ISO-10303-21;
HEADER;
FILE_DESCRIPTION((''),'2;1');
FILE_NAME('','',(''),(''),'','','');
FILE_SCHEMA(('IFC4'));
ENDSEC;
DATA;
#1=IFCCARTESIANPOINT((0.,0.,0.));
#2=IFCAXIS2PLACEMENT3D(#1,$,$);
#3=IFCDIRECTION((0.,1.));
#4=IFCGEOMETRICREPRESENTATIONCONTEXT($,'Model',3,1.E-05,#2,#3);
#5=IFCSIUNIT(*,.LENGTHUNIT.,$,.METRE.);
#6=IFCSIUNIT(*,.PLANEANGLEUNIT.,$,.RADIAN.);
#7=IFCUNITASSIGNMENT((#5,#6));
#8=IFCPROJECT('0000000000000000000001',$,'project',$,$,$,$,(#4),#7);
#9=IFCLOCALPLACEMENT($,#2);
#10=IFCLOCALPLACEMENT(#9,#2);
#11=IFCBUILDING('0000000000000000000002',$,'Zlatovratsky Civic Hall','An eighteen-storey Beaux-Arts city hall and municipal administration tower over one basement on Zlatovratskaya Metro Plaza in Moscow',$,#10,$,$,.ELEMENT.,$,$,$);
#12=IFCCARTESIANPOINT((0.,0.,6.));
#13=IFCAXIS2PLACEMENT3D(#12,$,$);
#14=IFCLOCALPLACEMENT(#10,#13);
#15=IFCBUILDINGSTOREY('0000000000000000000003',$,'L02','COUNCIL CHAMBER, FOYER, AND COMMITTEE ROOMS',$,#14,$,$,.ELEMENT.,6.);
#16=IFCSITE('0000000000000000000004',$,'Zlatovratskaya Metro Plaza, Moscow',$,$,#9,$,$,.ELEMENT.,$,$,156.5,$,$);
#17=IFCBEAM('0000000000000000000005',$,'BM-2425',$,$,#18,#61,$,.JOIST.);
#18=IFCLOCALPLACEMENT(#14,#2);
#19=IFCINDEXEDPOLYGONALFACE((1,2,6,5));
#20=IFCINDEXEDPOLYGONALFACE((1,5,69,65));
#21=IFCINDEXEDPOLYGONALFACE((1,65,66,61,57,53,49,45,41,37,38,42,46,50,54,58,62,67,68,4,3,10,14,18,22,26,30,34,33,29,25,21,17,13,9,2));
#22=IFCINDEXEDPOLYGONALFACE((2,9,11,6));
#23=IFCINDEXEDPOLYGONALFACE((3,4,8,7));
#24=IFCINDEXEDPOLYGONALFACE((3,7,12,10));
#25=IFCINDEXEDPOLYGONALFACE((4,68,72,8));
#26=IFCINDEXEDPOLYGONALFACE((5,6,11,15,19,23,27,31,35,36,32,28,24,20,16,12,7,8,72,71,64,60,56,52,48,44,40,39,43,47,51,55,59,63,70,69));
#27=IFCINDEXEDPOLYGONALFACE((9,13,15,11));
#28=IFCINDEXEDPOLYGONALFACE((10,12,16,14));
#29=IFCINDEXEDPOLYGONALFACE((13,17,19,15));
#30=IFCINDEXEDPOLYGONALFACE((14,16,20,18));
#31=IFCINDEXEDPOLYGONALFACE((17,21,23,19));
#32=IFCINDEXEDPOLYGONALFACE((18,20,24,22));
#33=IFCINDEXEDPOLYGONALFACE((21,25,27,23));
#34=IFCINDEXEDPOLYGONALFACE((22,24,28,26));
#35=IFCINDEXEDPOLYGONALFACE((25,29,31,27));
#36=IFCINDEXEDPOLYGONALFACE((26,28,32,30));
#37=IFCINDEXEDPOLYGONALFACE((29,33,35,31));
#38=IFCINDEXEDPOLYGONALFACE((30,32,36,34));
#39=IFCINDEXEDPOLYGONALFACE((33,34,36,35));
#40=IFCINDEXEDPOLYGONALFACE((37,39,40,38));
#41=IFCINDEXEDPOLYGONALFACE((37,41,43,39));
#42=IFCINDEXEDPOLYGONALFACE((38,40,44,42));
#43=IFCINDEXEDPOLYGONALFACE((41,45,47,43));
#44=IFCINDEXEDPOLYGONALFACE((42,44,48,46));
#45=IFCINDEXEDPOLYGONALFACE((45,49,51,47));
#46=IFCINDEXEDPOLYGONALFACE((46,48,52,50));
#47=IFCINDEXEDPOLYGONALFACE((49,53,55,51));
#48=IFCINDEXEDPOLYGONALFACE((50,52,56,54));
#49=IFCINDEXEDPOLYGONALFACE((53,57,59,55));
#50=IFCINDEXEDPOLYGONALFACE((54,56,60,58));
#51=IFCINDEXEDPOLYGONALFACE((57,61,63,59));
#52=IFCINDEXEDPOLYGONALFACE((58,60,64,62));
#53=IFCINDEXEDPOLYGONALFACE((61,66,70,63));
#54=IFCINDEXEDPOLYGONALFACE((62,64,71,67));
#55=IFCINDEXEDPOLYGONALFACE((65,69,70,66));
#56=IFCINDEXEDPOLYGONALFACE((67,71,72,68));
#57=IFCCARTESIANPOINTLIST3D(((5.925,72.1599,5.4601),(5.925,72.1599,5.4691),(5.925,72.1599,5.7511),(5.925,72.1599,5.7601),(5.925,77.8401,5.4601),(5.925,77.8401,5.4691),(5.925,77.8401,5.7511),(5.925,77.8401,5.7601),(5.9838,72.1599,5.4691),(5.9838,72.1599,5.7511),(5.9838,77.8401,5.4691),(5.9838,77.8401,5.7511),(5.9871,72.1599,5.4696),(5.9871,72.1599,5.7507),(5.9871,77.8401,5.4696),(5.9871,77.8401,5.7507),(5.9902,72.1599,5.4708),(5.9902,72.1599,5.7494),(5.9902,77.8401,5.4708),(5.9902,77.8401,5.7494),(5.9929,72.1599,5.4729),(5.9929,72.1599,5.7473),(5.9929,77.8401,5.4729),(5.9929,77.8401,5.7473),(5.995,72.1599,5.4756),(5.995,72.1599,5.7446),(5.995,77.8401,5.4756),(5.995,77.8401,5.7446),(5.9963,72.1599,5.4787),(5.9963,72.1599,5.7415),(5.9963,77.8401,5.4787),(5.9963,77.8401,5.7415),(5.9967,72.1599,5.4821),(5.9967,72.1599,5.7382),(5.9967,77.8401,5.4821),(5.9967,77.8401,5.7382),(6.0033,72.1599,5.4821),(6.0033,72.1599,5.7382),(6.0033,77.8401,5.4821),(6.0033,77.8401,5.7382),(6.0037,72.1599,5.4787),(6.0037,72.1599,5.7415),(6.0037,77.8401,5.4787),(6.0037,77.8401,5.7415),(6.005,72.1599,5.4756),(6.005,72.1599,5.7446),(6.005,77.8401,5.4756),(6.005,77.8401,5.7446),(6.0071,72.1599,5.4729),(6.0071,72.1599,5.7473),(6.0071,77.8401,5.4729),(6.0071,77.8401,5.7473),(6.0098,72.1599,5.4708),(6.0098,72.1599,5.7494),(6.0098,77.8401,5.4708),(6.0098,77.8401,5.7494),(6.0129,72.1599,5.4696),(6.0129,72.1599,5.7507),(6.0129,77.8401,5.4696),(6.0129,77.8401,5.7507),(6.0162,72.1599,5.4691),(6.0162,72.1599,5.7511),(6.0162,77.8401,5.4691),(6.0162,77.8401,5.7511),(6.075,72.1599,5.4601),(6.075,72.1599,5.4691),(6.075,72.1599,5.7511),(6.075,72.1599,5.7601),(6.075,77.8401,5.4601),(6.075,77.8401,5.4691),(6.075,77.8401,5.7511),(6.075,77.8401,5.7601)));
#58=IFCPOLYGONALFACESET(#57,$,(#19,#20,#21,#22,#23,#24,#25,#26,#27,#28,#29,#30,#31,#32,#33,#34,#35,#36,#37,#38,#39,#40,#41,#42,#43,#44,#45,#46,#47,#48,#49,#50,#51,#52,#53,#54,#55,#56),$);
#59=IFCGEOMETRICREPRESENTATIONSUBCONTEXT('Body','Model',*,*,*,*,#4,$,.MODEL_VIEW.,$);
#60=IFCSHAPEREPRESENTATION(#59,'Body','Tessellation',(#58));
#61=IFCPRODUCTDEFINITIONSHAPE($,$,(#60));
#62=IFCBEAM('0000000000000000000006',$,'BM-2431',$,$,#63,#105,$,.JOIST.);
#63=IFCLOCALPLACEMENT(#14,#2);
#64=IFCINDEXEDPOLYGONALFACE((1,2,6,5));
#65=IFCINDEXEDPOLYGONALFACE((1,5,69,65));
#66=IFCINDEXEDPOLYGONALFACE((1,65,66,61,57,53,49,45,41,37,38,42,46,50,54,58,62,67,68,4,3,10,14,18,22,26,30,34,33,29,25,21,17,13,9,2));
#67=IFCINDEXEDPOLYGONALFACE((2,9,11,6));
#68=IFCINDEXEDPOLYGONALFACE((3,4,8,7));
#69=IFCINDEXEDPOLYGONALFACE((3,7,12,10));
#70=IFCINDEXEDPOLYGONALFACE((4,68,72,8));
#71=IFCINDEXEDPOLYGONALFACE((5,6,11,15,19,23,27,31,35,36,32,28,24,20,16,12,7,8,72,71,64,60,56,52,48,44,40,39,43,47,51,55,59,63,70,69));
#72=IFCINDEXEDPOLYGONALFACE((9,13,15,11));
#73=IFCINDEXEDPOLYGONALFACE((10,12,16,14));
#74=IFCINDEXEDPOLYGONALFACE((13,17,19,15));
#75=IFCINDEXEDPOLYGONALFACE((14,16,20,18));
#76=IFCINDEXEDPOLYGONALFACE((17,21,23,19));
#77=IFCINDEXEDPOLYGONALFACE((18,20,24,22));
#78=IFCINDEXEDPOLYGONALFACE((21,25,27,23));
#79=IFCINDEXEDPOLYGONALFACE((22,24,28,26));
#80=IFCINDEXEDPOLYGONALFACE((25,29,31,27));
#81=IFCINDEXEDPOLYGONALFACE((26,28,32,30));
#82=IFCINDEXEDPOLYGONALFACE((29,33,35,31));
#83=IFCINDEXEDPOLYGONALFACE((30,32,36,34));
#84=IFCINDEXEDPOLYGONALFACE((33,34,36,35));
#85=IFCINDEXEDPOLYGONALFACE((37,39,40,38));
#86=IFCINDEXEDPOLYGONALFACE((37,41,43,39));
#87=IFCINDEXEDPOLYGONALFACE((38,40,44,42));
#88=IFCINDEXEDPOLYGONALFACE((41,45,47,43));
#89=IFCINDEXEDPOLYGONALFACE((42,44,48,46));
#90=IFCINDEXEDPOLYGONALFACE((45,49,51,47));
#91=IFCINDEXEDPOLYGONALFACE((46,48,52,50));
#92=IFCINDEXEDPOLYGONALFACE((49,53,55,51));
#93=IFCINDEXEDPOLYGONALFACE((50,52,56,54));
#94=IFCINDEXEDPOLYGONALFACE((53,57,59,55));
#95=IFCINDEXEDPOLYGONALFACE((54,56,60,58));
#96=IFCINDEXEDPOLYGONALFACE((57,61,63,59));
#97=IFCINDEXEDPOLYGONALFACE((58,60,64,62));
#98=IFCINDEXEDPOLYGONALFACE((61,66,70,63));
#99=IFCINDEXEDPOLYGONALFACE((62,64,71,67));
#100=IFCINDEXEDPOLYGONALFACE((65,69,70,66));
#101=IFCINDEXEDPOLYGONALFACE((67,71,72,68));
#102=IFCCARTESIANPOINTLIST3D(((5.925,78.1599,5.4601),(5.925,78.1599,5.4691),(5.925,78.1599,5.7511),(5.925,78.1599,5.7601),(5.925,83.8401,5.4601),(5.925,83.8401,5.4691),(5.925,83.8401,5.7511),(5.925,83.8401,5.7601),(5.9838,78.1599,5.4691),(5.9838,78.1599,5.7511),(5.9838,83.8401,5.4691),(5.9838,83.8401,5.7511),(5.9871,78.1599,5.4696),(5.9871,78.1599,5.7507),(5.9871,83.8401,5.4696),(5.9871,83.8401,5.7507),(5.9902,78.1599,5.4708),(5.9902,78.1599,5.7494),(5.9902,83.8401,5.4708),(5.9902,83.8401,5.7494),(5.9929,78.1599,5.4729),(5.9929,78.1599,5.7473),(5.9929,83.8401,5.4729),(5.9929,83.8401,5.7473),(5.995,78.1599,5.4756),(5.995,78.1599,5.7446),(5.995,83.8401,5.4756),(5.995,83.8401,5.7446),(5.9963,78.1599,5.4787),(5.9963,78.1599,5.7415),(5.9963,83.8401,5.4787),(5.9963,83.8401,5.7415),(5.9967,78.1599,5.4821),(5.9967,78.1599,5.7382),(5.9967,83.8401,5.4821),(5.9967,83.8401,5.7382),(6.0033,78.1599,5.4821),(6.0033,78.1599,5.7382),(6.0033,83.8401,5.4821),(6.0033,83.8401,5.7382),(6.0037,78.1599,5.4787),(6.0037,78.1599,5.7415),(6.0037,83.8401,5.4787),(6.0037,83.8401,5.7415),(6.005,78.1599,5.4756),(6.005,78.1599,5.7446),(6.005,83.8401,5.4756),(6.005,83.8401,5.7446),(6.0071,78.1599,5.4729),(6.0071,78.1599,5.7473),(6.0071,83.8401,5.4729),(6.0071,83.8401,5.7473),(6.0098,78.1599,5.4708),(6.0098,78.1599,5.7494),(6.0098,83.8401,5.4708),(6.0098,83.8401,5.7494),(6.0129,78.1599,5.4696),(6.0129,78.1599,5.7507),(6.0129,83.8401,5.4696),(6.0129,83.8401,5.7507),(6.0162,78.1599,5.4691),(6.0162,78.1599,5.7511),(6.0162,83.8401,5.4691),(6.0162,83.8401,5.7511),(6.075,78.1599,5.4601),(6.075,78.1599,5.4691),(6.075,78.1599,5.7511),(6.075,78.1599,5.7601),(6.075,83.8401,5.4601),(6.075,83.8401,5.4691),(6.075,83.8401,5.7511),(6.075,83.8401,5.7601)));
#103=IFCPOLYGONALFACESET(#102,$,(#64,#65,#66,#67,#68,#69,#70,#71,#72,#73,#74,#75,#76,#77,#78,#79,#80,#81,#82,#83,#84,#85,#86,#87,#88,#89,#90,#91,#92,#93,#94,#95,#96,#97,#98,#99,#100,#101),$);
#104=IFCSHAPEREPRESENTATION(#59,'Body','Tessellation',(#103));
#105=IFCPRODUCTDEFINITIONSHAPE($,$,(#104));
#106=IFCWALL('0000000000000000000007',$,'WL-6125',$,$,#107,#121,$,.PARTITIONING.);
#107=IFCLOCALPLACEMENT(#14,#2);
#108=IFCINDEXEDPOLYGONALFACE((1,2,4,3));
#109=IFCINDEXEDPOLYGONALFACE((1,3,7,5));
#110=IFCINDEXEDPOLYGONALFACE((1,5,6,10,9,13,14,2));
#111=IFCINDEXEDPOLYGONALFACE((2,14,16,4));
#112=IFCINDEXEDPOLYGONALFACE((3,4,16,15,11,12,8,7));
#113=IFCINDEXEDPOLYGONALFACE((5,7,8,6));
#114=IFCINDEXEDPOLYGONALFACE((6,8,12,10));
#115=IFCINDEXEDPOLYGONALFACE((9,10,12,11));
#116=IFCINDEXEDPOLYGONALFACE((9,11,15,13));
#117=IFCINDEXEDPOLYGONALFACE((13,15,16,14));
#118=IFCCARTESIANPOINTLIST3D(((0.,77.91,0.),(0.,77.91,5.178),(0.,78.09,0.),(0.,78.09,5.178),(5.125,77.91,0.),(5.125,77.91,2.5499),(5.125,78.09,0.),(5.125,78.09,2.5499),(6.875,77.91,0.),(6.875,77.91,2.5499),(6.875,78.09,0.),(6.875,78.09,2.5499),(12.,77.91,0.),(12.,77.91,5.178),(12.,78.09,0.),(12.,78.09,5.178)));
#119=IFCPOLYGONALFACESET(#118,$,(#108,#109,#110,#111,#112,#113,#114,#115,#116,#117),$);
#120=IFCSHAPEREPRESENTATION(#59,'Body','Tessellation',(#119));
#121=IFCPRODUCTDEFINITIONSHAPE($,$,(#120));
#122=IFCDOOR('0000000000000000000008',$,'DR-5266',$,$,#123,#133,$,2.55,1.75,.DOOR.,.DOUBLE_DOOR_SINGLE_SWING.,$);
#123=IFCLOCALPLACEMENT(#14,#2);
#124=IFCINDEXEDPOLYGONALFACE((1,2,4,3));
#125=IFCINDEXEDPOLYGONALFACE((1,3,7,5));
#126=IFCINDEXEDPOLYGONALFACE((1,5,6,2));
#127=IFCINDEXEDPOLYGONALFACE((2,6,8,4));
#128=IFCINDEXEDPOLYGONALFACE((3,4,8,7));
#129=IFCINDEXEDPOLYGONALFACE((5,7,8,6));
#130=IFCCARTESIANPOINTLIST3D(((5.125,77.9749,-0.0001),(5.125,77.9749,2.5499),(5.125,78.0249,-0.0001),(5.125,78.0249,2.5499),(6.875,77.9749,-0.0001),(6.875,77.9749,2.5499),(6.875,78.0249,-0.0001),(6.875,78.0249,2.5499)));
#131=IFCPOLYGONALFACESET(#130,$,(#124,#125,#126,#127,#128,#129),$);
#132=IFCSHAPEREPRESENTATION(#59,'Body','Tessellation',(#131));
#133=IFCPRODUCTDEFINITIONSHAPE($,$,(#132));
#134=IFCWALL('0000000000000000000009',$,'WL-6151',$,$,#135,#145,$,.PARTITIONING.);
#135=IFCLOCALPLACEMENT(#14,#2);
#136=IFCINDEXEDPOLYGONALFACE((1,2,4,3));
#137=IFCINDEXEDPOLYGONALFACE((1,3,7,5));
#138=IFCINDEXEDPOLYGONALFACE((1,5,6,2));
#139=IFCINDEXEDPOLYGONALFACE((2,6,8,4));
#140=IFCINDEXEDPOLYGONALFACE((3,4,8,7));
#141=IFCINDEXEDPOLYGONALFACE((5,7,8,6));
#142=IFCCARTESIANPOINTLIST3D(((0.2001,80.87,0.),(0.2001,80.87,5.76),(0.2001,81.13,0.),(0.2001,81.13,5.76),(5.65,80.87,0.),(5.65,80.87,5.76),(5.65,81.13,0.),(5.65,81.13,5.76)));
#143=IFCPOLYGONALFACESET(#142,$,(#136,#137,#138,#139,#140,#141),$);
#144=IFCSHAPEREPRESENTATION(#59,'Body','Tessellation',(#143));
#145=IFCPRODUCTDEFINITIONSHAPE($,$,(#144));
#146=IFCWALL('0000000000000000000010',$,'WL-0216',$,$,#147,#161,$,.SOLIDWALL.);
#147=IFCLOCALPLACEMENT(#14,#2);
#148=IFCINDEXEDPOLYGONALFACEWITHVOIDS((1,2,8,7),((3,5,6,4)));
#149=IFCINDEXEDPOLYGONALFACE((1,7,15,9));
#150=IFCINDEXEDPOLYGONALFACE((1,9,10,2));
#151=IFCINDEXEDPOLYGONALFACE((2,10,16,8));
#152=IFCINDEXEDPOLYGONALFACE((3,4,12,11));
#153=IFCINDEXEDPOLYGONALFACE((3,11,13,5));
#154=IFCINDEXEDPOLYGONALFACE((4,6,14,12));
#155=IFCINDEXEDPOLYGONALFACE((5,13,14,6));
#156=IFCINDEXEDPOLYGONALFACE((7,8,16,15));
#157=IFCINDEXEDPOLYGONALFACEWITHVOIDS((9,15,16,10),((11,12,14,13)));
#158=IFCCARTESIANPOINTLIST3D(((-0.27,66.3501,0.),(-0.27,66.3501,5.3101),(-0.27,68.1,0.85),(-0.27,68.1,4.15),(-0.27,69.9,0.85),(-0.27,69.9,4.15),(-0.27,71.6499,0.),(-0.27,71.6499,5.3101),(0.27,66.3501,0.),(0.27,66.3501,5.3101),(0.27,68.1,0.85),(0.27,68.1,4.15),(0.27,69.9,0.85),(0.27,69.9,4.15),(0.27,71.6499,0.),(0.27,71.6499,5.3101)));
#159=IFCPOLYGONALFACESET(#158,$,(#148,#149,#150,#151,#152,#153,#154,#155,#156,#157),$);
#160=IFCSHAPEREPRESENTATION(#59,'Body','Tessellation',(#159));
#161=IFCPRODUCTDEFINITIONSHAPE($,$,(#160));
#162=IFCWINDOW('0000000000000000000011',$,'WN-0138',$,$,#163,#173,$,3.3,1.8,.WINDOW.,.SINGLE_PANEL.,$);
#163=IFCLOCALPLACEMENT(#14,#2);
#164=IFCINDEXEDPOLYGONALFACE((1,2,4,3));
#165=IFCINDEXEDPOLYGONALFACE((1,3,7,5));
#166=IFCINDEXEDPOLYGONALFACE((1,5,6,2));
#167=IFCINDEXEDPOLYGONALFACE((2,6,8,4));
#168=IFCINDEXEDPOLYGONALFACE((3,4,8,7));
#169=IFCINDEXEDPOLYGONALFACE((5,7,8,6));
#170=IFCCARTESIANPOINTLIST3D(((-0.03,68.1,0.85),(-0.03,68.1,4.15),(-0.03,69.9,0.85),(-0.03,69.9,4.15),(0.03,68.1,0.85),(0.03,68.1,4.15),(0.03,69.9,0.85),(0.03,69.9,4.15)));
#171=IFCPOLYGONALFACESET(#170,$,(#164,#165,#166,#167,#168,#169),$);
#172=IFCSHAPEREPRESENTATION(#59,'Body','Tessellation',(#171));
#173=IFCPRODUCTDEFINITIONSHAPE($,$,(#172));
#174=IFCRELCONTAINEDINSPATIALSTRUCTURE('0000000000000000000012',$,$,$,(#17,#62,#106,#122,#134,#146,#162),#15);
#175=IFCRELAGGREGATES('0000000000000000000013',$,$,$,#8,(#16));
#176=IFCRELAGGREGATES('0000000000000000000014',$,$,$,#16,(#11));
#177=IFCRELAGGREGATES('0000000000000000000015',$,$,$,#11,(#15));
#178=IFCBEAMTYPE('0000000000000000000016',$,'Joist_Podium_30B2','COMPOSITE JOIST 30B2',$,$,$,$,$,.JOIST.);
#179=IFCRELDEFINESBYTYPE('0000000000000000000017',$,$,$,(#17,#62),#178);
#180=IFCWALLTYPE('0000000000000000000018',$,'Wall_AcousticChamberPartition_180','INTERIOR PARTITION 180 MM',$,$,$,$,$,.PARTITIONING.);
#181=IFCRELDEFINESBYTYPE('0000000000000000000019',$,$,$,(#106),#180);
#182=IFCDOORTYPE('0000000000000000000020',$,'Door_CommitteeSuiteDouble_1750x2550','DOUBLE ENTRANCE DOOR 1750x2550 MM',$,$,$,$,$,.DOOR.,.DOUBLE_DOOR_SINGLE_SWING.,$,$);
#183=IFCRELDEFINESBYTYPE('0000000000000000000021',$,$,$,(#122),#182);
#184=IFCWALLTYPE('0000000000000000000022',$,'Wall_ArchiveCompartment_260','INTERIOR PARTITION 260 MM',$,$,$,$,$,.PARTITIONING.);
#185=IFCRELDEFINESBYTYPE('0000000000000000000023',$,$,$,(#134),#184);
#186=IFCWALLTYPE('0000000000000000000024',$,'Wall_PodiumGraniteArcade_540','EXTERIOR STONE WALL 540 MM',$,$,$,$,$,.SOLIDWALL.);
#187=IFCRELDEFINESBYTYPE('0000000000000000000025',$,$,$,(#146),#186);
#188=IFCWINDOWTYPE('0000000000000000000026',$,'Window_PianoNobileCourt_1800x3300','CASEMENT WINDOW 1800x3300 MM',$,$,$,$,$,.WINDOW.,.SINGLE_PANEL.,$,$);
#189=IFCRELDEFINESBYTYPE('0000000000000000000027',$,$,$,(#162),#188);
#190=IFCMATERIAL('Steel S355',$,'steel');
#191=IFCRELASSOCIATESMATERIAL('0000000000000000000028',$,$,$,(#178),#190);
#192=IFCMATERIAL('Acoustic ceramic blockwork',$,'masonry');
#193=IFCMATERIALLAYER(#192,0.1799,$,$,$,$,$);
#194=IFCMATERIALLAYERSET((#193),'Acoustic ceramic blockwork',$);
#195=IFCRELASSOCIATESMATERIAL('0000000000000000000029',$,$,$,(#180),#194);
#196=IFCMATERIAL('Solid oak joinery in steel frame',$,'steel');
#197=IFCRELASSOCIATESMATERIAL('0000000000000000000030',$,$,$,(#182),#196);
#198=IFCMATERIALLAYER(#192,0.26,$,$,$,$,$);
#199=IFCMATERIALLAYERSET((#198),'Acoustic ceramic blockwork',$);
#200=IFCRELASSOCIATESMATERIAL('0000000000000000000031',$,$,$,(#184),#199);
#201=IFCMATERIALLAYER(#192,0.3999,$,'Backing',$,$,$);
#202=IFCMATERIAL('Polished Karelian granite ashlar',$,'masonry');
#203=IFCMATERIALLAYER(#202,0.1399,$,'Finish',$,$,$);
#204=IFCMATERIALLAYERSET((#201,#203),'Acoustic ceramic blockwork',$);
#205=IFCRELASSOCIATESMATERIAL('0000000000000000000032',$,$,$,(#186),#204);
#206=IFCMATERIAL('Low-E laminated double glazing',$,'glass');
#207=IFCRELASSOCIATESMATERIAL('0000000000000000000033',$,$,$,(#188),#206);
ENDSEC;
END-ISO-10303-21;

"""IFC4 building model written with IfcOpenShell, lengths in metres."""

from ifc_helpers import new_model, si_unit, direction, frame, frame_2d, origin, origin_2d, place, context, subcontext, project, spatial, rectangle, i_section, extrude, material, layer, layer_set, material_profile, profile_set, type_object, element, fill, save


model = new_model("IFC4")

# Units and contexts
model_context = context("Model", 3, precision=1e-05, world=origin(), true_north=direction((0.0, 1.0)))
body_context = subcontext(model_context, "Body", "Model", "MODEL_VIEW")
ifc_project = project(units=[si_unit("LENGTHUNIT", "METRE"), si_unit("PLANEANGLEUNIT", "RADIAN")], contexts=[model_context])

# Site, building, storey
site_placement = place(None, origin())
site = spatial("IfcSite", under=ifc_project, at=site_placement, Name="Zlatovratskaya Metro Plaza, Moscow", CompositionType="ELEMENT", RefElevation=156.5)
building_placement = place(site_placement, origin())
building = spatial("IfcBuilding", under=site, at=building_placement, Name="Zlatovratsky Civic Hall", Description="An eighteen-storey Beaux-Arts city hall and municipal administration tower over one basement on Zlatovratskaya Metro Plaza in Moscow", CompositionType="ELEMENT")
storey_placement = place(building_placement, frame((0.0, 0.0, 6.0)))
storey = spatial("IfcBuildingStorey", under=building, at=storey_placement, Name="L02", Description="COUNCIL CHAMBER, FOYER, AND COMMITTEE ROOMS", CompositionType="ELEMENT", Elevation=6.0)

# Shared definitions
ifc_material_1 = material(Name="Steel S355", Category="steel")

# Beams
ifc_material_profile_1 = material_profile(ifc_material_1, i_section(OverallWidth=0.1499, OverallDepth=0.3, WebThickness=0.0066, FlangeThickness=0.009, FilletRadius=0.0129, at=origin_2d()), Name="30B2")
ifc_profile_set_1 = profile_set([ifc_material_profile_1], Name="Steel S355")
beam_type_1 = type_object("IfcBeamType", Name="Joist_Podium_30B2", Description="COMPOSITE JOIST 30B2", PredefinedType="JOIST", material=ifc_profile_set_1)
for number, where, z_axis, x_axis, name in (
    (1, (6.0, 72.1599, 5.6101), (0.0, 1.0, 0.0), (-1.0, 0.0, 0.0), "BM-2425"),
    (2, (6.0, 78.1599, 5.6101), (0.0, 1.0, 0.0), (-1.0, 0.0, 0.0), "BM-2431"),
):
    element("IfcBeam", number, at=place(storey_placement, frame(where, z_axis=z_axis, x_axis=x_axis)), inside=storey, type_object=beam_type_1, Name=name, PredefinedType="JOIST", context=body_context, shape_type="SweptSolid", body=[
        extrude(i_section(OverallWidth=0.1499, OverallDepth=0.3, WebThickness=0.0066, FlangeThickness=0.009, FilletRadius=0.0129, at=origin_2d()), origin(), (0.0, 0.0, 1.0), 5.6802),
    ])

# Wall, opening, door
ifc_material_2 = material(Name="Acoustic ceramic blockwork", Category="masonry")
ifc_layer_1 = layer(ifc_material_2, 0.1799)
ifc_layer_set_1 = layer_set([ifc_layer_1], Name="Acoustic ceramic blockwork")
wall_type_1 = type_object("IfcWallType", Name="Wall_AcousticChamberPartition_180", Description="INTERIOR PARTITION 180 MM", PredefinedType="PARTITIONING", material=ifc_layer_set_1)
wall_1_placement = place(storey_placement, frame((0.0, 78.0, 0.0), z_axis=(0.0, 0.0, 1.0), x_axis=(1.0, 0.0, 0.0)))
wall_1 = element("IfcWall", 3, at=wall_1_placement, inside=storey, type_object=wall_type_1, Name="WL-6125", PredefinedType="PARTITIONING", context=body_context, shape_type="SweptSolid", body=[
    extrude(rectangle(XDim=12.0, YDim=0.1799, at=frame_2d((6.0, 0.0))), origin(), (0.0, 0.0, 1.0), 5.178),
])
opening_1_placement = place(wall_1_placement, frame((5.125, 0.0, 0.0)))
opening_1 = element("IfcOpeningElement", 4, at=opening_1_placement, cuts=wall_1, PredefinedType="OPENING", context=body_context, shape_type="SweptSolid", body=[
    extrude(rectangle(XDim=1.75, YDim=2.55, at=frame_2d((0.875, 1.2749))), frame((0.0, 0.105, 0.0), z_axis=(0.0, -1.0, 0.0), x_axis=(1.0, 0.0, 0.0)), (0.0, 0.0, 1.0), 0.2097),
])
ifc_material_3 = material(Name="Solid oak joinery in steel frame", Category="steel")
door_type = type_object("IfcDoorType", Name="Door_CommitteeSuiteDouble_1750x2550", Description="DOUBLE ENTRANCE DOOR 1750x2550 MM", OperationType="DOUBLE_DOOR_SINGLE_SWING", PredefinedType="DOOR", material=ifc_material_3)
door_placement = place(opening_1_placement, origin())
door = element("IfcDoor", 5, at=door_placement, inside=storey, type_object=door_type, Name="DR-5266", OperationType="DOUBLE_DOOR_SINGLE_SWING", OverallHeight=2.55, OverallWidth=1.75, PredefinedType="DOOR", context=body_context, shape_type="SweptSolid", body=[
    extrude(rectangle(XDim=1.75, YDim=2.55, at=frame_2d((0.875, 1.2749))), frame((0.0, 0.0249, 0.0), z_axis=(0.0, -1.0, 0.0), x_axis=(1.0, 0.0, 0.0)), (0.0, 0.0, 1.0), 0.05),
])
fill(opening_1, door)

# Wall
ifc_layer_2 = layer(ifc_material_2, 0.26)
ifc_layer_set_2 = layer_set([ifc_layer_2], Name="Acoustic ceramic blockwork")
wall_type_2 = type_object("IfcWallType", Name="Wall_ArchiveCompartment_260", Description="INTERIOR PARTITION 260 MM", PredefinedType="PARTITIONING", material=ifc_layer_set_2)
wall_2_placement = place(storey_placement, frame((0.2, 81.0, 0.0), z_axis=(0.0, 0.0, 1.0), x_axis=(1.0, 0.0, 0.0)))
element("IfcWall", 6, at=wall_2_placement, inside=storey, type_object=wall_type_2, Name="WL-6151", PredefinedType="PARTITIONING", context=body_context, shape_type="SweptSolid", body=[
    extrude(rectangle(XDim=5.45, YDim=0.26, at=frame_2d((2.7251, 0.0))), origin(), (0.0, 0.0, 1.0), 5.76),
])

# Wall, opening, window
ifc_layer_3 = layer(ifc_material_2, 0.3999, Name="Backing")
ifc_material_4 = material(Name="Polished Karelian granite ashlar", Category="masonry")
ifc_layer_4 = layer(ifc_material_4, 0.1399, Name="Finish")
ifc_layer_set_3 = layer_set([ifc_layer_3, ifc_layer_4], Name="Acoustic ceramic blockwork")
wall_type_3 = type_object("IfcWallType", Name="Wall_PodiumGraniteArcade_540", Description="EXTERIOR STONE WALL 540 MM", PredefinedType="SOLIDWALL", material=ifc_layer_set_3)
wall_3_placement = place(storey_placement, frame((0.0, 66.3501, 0.0), z_axis=(0.0, 0.0, 1.0), x_axis=(0.0, 1.0, 0.0)))
wall_3 = element("IfcWall", 7, at=wall_3_placement, inside=storey, type_object=wall_type_3, Name="WL-0216", PredefinedType="SOLIDWALL", context=body_context, shape_type="SweptSolid", body=[
    extrude(rectangle(XDim=5.2998, YDim=0.54, at=frame_2d((2.6499, 0.0))), origin(), (0.0, 0.0, 1.0), 5.3101),
])
opening_2_placement = place(wall_3_placement, frame((1.75, 0.0, 0.8501)))
opening_2 = element("IfcOpeningElement", 8, at=opening_2_placement, cuts=wall_3, PredefinedType="OPENING", context=body_context, shape_type="SweptSolid", body=[
    extrude(rectangle(XDim=1.8, YDim=3.3, at=frame_2d((0.8999, 1.6499))), frame((0.0, 0.2849, 0.0), z_axis=(0.0, -1.0, 0.0), x_axis=(1.0, 0.0, 0.0)), (0.0, 0.0, 1.0), 0.5698),
])
ifc_material_5 = material(Name="Low-E laminated double glazing", Category="glass")
window_type = type_object("IfcWindowType", Name="Window_PianoNobileCourt_1800x3300", Description="CASEMENT WINDOW 1800x3300 MM", PartitioningType="SINGLE_PANEL", PredefinedType="WINDOW", material=ifc_material_5)
window_1_placement = place(opening_2_placement, origin())
window_1 = element("IfcWindow", 9, at=window_1_placement, inside=storey, type_object=window_type, Name="WN-0138", OverallHeight=3.3, OverallWidth=1.8, PartitioningType="SINGLE_PANEL", PredefinedType="WINDOW", context=body_context, shape_type="SweptSolid", body=[
    extrude(rectangle(XDim=1.8, YDim=3.3, at=frame_2d((0.8999, 1.6499))), frame((0.0, 0.03, 0.0), z_axis=(0.0, -1.0, 0.0), x_axis=(1.0, 0.0, 0.0)), (0.0, 0.0, 1.0), 0.0601),
])
fill(opening_2, window_1)

save(model, "model.ifc")
